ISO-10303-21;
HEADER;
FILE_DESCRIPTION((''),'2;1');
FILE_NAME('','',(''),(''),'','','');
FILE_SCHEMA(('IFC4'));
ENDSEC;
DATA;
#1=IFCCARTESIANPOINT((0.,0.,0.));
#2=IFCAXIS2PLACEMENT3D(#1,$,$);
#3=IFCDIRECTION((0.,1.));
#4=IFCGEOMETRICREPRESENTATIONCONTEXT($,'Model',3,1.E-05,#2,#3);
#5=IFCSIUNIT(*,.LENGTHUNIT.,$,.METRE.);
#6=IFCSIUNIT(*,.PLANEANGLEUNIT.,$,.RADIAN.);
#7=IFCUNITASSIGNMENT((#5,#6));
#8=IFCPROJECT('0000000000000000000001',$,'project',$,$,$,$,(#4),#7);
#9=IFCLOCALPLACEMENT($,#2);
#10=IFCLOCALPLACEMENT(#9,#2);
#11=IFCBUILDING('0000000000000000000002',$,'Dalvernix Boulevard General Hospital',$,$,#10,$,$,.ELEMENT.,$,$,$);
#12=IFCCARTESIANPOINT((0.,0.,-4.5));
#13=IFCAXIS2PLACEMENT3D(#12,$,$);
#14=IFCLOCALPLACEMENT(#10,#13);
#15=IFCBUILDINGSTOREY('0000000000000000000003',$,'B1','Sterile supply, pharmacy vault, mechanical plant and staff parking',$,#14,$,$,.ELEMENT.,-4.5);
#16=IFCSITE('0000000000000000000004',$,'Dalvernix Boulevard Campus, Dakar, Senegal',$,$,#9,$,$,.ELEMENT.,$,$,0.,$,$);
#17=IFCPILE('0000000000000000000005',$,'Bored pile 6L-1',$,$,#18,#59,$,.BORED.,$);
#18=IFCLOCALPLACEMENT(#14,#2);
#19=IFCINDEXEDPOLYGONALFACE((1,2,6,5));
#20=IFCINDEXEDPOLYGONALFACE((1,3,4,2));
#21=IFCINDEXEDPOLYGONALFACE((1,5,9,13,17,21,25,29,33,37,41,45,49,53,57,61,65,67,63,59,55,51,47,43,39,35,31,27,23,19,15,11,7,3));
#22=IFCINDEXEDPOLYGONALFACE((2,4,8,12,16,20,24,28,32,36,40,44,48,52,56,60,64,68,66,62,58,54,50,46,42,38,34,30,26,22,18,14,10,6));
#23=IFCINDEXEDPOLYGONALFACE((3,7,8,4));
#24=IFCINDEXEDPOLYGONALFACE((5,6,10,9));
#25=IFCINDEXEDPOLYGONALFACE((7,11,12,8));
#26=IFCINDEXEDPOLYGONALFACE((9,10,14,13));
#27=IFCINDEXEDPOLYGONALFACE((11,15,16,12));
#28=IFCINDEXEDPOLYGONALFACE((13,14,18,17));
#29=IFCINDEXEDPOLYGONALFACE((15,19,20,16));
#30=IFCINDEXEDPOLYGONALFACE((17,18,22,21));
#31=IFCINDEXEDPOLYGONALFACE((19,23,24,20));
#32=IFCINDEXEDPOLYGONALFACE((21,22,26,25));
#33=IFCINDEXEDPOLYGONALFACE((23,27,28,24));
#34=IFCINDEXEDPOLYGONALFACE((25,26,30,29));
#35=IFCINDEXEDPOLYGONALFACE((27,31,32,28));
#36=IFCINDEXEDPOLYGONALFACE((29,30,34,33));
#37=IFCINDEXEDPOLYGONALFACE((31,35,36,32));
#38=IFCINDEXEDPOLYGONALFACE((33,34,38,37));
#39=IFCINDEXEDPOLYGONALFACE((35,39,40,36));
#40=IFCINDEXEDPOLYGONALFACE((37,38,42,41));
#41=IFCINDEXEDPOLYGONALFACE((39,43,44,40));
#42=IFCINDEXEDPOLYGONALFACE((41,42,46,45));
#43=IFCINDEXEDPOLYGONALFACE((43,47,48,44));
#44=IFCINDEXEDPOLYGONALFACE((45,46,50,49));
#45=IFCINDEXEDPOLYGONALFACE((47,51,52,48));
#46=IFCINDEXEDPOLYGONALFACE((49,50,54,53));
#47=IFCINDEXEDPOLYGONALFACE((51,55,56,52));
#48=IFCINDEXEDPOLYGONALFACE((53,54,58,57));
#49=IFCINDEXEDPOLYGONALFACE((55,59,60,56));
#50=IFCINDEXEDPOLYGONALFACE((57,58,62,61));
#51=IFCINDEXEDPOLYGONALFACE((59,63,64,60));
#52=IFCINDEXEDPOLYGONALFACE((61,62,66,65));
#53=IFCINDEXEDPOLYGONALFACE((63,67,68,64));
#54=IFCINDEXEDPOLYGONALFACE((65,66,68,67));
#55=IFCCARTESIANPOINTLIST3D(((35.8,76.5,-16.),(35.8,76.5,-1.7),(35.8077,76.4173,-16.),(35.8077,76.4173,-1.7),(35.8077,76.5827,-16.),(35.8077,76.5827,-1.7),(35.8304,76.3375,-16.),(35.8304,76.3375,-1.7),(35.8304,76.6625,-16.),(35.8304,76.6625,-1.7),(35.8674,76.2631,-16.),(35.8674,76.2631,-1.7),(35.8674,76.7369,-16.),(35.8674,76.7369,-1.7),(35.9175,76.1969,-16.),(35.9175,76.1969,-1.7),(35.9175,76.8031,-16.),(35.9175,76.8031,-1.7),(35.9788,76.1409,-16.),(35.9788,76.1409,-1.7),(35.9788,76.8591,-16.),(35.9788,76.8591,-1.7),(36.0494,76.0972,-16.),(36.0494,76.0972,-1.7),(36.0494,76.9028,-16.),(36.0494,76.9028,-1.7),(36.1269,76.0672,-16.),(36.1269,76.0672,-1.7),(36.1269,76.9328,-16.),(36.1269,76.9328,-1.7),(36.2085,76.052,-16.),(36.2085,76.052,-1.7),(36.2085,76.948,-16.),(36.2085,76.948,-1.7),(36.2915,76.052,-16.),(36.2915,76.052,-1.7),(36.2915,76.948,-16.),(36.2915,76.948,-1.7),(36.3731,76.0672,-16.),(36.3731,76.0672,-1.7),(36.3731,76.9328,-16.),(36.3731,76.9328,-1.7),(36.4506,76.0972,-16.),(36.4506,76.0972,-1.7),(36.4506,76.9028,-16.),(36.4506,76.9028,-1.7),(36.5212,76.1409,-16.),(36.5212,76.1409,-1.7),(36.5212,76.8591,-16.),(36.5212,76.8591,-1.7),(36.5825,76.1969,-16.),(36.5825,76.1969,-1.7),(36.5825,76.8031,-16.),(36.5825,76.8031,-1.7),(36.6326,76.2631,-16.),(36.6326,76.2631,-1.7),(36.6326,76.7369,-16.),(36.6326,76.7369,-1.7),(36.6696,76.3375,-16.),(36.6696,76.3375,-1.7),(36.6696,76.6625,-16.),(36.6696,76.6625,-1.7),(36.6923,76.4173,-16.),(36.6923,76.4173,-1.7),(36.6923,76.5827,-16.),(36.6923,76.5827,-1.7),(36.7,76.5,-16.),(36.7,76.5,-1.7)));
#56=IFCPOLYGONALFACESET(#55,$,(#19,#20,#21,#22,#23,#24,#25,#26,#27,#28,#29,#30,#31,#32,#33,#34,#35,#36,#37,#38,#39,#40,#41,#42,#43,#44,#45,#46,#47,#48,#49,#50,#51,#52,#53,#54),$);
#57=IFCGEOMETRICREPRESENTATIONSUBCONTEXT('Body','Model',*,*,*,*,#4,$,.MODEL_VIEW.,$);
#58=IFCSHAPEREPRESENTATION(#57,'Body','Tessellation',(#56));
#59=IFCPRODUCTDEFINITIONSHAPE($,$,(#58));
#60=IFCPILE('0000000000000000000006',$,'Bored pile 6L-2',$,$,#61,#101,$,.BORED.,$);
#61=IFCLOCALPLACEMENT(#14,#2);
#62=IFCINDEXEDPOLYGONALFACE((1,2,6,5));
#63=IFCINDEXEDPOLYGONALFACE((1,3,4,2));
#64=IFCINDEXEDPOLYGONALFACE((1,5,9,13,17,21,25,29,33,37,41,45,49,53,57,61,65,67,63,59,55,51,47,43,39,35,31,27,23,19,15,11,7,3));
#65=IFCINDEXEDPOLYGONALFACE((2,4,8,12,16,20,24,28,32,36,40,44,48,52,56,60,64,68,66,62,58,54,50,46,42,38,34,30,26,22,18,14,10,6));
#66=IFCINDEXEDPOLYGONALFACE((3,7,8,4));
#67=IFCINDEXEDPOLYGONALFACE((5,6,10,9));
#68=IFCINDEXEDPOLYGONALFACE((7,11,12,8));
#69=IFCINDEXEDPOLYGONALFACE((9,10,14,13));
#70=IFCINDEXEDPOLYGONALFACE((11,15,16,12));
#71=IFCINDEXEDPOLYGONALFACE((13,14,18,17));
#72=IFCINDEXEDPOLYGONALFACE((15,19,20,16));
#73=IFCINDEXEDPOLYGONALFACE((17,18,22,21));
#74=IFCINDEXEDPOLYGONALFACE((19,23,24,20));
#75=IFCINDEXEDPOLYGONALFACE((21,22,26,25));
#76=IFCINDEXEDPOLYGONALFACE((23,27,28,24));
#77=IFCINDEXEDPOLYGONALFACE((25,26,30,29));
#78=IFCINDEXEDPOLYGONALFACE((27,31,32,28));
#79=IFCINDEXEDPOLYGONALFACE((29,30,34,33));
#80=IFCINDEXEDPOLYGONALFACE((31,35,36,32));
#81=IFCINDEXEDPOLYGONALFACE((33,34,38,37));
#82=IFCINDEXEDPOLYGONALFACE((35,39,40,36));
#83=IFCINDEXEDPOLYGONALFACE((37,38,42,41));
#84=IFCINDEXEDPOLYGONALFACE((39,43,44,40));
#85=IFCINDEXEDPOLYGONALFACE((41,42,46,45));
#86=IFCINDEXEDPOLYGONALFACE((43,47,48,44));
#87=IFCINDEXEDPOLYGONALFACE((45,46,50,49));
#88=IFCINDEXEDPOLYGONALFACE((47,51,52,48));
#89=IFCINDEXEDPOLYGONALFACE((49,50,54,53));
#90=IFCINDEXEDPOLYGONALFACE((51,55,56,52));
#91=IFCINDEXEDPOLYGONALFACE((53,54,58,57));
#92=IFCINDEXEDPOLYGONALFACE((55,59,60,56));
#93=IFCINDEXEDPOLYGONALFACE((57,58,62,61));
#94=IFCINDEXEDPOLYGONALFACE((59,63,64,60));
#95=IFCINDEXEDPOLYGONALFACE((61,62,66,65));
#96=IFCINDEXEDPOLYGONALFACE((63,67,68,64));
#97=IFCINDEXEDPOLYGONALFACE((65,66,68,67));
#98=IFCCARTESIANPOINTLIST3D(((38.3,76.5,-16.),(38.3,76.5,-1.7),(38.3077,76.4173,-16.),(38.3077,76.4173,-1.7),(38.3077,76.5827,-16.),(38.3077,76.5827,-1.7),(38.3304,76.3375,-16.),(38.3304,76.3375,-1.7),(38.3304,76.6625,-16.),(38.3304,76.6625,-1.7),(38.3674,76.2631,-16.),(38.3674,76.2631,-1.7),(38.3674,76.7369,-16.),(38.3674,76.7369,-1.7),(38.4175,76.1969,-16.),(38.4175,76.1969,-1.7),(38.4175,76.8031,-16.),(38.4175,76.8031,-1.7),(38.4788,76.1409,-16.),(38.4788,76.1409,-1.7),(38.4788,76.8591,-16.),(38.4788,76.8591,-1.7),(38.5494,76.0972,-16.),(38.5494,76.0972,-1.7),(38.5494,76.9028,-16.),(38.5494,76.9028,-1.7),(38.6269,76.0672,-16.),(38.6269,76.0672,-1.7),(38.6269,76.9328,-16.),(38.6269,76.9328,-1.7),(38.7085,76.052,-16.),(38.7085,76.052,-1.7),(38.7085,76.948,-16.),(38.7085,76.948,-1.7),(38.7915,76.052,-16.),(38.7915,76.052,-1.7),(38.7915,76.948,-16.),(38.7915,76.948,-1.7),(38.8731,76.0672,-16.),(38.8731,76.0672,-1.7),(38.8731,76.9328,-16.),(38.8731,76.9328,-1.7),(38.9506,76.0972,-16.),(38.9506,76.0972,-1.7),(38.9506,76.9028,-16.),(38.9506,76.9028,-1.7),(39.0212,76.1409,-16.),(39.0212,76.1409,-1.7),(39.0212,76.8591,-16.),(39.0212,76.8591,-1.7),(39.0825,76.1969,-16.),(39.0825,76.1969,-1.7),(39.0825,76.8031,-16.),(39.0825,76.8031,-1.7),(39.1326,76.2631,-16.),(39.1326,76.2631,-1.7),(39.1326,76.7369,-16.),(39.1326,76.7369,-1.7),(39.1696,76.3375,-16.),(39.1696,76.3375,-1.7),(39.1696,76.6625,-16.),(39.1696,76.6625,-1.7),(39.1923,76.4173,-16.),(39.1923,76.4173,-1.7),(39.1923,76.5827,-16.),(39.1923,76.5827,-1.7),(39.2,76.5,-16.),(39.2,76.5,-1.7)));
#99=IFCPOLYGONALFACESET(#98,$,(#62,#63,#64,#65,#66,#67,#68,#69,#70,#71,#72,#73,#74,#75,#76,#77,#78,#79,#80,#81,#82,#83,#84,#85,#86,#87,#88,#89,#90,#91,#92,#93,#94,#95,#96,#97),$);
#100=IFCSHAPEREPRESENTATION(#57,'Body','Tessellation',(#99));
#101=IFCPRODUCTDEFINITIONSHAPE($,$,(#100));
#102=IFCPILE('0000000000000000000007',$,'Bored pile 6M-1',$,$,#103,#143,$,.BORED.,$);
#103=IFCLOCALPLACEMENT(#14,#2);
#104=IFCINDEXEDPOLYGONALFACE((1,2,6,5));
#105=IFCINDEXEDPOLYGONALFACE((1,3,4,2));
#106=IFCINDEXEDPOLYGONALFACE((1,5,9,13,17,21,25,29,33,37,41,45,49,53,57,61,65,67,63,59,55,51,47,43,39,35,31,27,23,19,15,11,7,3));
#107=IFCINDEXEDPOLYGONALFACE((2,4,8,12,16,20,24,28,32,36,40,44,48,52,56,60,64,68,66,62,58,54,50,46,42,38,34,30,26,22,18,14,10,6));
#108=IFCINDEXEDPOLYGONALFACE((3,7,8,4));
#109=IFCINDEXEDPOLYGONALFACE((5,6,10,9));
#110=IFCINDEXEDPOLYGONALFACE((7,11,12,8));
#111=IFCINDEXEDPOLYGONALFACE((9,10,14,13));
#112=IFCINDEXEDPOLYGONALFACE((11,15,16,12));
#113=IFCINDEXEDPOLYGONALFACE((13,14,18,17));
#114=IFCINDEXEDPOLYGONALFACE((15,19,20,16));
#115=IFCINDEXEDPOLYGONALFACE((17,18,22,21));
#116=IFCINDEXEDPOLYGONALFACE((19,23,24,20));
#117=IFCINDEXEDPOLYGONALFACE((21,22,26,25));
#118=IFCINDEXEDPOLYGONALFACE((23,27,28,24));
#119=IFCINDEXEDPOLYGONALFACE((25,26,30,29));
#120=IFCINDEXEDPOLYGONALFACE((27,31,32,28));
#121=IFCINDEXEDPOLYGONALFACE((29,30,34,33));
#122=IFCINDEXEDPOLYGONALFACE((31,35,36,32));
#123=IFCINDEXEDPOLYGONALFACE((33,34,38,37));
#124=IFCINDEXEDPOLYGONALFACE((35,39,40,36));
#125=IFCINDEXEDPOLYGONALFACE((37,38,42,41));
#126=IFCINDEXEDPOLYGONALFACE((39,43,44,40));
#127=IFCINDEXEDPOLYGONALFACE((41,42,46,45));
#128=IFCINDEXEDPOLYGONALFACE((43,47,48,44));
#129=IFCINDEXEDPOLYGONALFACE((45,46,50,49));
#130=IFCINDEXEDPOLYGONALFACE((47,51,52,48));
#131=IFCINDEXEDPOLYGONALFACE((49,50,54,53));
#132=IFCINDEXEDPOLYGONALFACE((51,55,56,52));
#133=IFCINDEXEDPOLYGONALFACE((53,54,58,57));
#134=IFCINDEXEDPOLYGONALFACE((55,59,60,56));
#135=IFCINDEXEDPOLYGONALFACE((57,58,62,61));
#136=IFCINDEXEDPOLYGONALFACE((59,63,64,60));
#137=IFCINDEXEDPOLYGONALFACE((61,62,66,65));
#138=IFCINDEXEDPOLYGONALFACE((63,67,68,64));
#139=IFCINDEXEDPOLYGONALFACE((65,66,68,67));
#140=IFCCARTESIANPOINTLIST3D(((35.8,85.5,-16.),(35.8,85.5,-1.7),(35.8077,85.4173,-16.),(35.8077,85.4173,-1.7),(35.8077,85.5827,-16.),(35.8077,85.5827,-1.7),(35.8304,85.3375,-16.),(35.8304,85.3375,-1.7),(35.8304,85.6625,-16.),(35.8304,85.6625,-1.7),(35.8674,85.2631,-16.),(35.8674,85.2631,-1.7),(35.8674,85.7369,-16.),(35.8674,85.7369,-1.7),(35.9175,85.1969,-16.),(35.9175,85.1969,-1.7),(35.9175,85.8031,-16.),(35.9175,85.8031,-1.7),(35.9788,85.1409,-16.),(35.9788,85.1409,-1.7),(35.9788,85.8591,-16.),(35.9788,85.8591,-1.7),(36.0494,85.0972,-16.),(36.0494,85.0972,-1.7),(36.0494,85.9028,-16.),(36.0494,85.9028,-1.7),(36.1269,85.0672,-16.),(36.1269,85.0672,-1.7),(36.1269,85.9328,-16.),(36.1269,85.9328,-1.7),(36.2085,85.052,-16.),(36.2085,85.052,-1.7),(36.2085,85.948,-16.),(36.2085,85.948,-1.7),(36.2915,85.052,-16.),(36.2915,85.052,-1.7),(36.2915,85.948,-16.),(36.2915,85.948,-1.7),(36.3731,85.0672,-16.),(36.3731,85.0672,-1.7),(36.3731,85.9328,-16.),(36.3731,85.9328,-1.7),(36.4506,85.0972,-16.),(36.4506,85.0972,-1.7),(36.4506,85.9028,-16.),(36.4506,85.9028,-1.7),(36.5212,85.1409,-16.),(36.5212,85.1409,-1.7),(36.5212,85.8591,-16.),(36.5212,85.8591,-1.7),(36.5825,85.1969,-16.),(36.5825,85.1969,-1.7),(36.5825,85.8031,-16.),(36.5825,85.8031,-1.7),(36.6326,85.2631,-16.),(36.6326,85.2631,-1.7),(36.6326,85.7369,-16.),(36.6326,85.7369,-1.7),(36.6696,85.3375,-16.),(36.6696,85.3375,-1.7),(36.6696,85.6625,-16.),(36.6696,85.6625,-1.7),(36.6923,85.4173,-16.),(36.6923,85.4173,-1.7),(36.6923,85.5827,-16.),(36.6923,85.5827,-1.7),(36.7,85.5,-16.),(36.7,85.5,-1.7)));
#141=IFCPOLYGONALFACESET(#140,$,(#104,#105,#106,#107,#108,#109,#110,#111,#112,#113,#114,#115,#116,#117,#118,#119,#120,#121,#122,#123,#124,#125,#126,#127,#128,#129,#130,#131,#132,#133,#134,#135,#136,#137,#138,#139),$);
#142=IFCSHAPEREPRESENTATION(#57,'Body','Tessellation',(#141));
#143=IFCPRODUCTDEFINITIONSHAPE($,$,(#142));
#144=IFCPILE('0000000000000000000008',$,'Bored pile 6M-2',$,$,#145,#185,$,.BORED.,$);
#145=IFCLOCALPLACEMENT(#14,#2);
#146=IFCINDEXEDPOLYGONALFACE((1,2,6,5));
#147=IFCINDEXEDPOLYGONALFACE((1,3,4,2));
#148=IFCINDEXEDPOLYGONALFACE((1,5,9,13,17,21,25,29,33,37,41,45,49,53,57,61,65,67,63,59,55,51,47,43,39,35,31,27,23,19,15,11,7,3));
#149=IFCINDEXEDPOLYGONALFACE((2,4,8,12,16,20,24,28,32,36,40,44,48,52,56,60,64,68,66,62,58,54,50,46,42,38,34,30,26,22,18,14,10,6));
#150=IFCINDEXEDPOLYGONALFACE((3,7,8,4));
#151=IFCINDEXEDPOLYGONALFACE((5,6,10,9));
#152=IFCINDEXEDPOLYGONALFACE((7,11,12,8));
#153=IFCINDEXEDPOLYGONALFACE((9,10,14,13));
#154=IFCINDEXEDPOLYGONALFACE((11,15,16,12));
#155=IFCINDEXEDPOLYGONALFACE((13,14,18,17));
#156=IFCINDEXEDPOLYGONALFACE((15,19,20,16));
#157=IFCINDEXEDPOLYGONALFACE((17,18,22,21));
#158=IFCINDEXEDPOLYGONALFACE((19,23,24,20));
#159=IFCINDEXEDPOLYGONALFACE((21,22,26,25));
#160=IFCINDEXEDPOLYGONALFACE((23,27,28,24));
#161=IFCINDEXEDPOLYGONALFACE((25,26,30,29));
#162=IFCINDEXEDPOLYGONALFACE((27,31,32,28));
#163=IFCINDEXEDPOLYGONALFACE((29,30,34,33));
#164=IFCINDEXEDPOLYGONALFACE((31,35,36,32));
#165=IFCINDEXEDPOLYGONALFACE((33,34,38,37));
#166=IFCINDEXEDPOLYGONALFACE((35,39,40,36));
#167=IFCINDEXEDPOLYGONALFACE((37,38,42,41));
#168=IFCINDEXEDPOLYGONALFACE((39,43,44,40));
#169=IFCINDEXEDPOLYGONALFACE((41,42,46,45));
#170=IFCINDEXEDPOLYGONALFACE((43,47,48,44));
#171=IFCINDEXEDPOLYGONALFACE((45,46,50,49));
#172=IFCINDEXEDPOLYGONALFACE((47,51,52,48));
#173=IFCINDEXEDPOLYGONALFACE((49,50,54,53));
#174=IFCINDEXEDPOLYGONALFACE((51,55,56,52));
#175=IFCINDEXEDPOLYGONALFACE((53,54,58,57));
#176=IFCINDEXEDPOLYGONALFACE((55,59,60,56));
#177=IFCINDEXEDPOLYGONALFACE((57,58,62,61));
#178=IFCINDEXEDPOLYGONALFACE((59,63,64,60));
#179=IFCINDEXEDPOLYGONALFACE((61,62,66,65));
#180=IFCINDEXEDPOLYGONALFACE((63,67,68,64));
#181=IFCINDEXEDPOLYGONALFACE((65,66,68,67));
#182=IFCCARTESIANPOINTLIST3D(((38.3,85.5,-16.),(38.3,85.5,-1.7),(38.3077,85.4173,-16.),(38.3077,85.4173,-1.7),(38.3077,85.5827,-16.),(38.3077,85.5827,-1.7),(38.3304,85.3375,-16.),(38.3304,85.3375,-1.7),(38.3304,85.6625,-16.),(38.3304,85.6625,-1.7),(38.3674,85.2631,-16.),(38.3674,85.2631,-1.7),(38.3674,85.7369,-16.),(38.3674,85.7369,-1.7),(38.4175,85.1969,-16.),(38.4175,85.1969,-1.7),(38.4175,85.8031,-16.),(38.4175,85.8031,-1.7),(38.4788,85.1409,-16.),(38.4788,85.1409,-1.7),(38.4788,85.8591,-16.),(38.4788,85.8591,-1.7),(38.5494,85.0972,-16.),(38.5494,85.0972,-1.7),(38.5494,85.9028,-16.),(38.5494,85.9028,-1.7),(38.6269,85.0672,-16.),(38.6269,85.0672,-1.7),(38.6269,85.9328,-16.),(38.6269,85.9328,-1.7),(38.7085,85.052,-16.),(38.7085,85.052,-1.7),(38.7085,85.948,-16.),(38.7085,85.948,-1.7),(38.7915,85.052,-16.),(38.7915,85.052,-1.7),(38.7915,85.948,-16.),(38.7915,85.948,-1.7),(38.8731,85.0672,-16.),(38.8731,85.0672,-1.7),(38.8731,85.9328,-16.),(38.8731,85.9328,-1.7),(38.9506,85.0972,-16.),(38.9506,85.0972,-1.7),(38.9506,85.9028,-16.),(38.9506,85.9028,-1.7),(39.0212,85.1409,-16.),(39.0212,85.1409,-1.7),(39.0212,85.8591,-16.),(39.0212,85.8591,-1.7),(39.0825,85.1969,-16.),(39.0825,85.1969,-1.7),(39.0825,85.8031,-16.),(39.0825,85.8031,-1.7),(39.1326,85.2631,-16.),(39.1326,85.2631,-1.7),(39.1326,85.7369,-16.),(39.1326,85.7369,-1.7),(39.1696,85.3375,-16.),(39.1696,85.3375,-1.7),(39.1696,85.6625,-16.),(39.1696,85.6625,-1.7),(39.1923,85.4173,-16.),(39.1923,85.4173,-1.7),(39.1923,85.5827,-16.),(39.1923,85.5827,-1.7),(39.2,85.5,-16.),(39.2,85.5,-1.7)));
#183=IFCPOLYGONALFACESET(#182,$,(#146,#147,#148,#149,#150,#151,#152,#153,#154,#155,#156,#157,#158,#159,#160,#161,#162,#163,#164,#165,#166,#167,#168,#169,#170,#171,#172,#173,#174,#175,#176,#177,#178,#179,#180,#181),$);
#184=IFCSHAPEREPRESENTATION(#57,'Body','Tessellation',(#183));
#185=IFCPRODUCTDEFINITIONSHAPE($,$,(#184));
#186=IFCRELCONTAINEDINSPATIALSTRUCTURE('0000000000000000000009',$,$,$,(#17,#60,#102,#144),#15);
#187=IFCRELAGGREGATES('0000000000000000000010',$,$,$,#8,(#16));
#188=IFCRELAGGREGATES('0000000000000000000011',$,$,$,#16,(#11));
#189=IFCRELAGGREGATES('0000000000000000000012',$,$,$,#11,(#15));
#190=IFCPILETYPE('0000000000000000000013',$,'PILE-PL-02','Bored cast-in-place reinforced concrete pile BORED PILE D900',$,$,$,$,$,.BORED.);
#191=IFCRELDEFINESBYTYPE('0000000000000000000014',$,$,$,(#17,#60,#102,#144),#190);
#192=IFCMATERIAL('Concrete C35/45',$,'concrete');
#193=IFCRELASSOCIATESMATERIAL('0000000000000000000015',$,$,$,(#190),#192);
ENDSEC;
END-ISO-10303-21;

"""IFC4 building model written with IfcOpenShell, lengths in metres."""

from ifc_helpers import new_model, si_unit, direction, frame, origin, origin_2d, place, context, subcontext, project, spatial, circle, extrude, material, material_profile, profile_set, type_object, element, save


model = new_model("IFC4")

# Units and contexts
model_context = context("Model", 3, precision=1e-05, world=origin(), true_north=direction((0.0, 1.0)))
body_context = subcontext(model_context, "Body", "Model", "MODEL_VIEW")
ifc_project = project(units=[si_unit("LENGTHUNIT", "METRE"), si_unit("PLANEANGLEUNIT", "RADIAN")], contexts=[model_context])

# Site, building, storey
site_placement = place(None, origin())
site = spatial("IfcSite", under=ifc_project, at=site_placement, Name="Dalvernix Boulevard Campus, Dakar, Senegal", CompositionType="ELEMENT", RefElevation=0.0)
building_placement = place(site_placement, origin())
building = spatial("IfcBuilding", under=site, at=building_placement, Name="Dalvernix Boulevard General Hospital", CompositionType="ELEMENT")
storey_placement = place(building_placement, frame((0.0, 0.0, -4.5)))
storey = spatial("IfcBuildingStorey", under=building, at=storey_placement, Name="B1", Description="Sterile supply, pharmacy vault, mechanical plant and staff parking", CompositionType="ELEMENT", Elevation=-4.5)

# Shared definitions
ifc_material_1 = material(Name="Concrete C35/45", Category="concrete")

# Piles
ifc_material_profile_1 = material_profile(ifc_material_1, circle(Radius=0.45, at=origin_2d()), Name="BORED PILE D900")
ifc_profile_set_1 = profile_set([ifc_material_profile_1], Name="Concrete C35/45")
pile_type_1 = type_object("IfcPileType", Name="PILE-PL-02", Description="Bored cast-in-place reinforced concrete pile BORED PILE D900", PredefinedType="BORED", material=ifc_profile_set_1)
for number, where, z_axis, x_axis, name in (
    (1, (36.25, 76.5, -1.7), (0.0, 0.0, -1.0), (1.0, 0.0, 0.0), "Bored pile 6L-1"),
    (2, (38.75, 76.5, -1.7), (0.0, 0.0, -1.0), (1.0, 0.0, 0.0), "Bored pile 6L-2"),
    (3, (36.25, 85.5, -1.7), (0.0, 0.0, -1.0), (1.0, 0.0, 0.0), "Bored pile 6M-1"),
    (4, (38.75, 85.5, -1.7), (0.0, 0.0, -1.0), (1.0, 0.0, 0.0), "Bored pile 6M-2"),
):
    element("IfcPile", number, at=place(storey_placement, frame(where, z_axis=z_axis, x_axis=x_axis)), inside=storey, type_object=pile_type_1, Name=name, PredefinedType="BORED", context=body_context, shape_type="SweptSolid", body=[
        extrude(circle(Radius=0.45, at=origin_2d()), origin(), (0.0, 0.0, 1.0), 14.3),
    ])

save(model, "model.ifc")
